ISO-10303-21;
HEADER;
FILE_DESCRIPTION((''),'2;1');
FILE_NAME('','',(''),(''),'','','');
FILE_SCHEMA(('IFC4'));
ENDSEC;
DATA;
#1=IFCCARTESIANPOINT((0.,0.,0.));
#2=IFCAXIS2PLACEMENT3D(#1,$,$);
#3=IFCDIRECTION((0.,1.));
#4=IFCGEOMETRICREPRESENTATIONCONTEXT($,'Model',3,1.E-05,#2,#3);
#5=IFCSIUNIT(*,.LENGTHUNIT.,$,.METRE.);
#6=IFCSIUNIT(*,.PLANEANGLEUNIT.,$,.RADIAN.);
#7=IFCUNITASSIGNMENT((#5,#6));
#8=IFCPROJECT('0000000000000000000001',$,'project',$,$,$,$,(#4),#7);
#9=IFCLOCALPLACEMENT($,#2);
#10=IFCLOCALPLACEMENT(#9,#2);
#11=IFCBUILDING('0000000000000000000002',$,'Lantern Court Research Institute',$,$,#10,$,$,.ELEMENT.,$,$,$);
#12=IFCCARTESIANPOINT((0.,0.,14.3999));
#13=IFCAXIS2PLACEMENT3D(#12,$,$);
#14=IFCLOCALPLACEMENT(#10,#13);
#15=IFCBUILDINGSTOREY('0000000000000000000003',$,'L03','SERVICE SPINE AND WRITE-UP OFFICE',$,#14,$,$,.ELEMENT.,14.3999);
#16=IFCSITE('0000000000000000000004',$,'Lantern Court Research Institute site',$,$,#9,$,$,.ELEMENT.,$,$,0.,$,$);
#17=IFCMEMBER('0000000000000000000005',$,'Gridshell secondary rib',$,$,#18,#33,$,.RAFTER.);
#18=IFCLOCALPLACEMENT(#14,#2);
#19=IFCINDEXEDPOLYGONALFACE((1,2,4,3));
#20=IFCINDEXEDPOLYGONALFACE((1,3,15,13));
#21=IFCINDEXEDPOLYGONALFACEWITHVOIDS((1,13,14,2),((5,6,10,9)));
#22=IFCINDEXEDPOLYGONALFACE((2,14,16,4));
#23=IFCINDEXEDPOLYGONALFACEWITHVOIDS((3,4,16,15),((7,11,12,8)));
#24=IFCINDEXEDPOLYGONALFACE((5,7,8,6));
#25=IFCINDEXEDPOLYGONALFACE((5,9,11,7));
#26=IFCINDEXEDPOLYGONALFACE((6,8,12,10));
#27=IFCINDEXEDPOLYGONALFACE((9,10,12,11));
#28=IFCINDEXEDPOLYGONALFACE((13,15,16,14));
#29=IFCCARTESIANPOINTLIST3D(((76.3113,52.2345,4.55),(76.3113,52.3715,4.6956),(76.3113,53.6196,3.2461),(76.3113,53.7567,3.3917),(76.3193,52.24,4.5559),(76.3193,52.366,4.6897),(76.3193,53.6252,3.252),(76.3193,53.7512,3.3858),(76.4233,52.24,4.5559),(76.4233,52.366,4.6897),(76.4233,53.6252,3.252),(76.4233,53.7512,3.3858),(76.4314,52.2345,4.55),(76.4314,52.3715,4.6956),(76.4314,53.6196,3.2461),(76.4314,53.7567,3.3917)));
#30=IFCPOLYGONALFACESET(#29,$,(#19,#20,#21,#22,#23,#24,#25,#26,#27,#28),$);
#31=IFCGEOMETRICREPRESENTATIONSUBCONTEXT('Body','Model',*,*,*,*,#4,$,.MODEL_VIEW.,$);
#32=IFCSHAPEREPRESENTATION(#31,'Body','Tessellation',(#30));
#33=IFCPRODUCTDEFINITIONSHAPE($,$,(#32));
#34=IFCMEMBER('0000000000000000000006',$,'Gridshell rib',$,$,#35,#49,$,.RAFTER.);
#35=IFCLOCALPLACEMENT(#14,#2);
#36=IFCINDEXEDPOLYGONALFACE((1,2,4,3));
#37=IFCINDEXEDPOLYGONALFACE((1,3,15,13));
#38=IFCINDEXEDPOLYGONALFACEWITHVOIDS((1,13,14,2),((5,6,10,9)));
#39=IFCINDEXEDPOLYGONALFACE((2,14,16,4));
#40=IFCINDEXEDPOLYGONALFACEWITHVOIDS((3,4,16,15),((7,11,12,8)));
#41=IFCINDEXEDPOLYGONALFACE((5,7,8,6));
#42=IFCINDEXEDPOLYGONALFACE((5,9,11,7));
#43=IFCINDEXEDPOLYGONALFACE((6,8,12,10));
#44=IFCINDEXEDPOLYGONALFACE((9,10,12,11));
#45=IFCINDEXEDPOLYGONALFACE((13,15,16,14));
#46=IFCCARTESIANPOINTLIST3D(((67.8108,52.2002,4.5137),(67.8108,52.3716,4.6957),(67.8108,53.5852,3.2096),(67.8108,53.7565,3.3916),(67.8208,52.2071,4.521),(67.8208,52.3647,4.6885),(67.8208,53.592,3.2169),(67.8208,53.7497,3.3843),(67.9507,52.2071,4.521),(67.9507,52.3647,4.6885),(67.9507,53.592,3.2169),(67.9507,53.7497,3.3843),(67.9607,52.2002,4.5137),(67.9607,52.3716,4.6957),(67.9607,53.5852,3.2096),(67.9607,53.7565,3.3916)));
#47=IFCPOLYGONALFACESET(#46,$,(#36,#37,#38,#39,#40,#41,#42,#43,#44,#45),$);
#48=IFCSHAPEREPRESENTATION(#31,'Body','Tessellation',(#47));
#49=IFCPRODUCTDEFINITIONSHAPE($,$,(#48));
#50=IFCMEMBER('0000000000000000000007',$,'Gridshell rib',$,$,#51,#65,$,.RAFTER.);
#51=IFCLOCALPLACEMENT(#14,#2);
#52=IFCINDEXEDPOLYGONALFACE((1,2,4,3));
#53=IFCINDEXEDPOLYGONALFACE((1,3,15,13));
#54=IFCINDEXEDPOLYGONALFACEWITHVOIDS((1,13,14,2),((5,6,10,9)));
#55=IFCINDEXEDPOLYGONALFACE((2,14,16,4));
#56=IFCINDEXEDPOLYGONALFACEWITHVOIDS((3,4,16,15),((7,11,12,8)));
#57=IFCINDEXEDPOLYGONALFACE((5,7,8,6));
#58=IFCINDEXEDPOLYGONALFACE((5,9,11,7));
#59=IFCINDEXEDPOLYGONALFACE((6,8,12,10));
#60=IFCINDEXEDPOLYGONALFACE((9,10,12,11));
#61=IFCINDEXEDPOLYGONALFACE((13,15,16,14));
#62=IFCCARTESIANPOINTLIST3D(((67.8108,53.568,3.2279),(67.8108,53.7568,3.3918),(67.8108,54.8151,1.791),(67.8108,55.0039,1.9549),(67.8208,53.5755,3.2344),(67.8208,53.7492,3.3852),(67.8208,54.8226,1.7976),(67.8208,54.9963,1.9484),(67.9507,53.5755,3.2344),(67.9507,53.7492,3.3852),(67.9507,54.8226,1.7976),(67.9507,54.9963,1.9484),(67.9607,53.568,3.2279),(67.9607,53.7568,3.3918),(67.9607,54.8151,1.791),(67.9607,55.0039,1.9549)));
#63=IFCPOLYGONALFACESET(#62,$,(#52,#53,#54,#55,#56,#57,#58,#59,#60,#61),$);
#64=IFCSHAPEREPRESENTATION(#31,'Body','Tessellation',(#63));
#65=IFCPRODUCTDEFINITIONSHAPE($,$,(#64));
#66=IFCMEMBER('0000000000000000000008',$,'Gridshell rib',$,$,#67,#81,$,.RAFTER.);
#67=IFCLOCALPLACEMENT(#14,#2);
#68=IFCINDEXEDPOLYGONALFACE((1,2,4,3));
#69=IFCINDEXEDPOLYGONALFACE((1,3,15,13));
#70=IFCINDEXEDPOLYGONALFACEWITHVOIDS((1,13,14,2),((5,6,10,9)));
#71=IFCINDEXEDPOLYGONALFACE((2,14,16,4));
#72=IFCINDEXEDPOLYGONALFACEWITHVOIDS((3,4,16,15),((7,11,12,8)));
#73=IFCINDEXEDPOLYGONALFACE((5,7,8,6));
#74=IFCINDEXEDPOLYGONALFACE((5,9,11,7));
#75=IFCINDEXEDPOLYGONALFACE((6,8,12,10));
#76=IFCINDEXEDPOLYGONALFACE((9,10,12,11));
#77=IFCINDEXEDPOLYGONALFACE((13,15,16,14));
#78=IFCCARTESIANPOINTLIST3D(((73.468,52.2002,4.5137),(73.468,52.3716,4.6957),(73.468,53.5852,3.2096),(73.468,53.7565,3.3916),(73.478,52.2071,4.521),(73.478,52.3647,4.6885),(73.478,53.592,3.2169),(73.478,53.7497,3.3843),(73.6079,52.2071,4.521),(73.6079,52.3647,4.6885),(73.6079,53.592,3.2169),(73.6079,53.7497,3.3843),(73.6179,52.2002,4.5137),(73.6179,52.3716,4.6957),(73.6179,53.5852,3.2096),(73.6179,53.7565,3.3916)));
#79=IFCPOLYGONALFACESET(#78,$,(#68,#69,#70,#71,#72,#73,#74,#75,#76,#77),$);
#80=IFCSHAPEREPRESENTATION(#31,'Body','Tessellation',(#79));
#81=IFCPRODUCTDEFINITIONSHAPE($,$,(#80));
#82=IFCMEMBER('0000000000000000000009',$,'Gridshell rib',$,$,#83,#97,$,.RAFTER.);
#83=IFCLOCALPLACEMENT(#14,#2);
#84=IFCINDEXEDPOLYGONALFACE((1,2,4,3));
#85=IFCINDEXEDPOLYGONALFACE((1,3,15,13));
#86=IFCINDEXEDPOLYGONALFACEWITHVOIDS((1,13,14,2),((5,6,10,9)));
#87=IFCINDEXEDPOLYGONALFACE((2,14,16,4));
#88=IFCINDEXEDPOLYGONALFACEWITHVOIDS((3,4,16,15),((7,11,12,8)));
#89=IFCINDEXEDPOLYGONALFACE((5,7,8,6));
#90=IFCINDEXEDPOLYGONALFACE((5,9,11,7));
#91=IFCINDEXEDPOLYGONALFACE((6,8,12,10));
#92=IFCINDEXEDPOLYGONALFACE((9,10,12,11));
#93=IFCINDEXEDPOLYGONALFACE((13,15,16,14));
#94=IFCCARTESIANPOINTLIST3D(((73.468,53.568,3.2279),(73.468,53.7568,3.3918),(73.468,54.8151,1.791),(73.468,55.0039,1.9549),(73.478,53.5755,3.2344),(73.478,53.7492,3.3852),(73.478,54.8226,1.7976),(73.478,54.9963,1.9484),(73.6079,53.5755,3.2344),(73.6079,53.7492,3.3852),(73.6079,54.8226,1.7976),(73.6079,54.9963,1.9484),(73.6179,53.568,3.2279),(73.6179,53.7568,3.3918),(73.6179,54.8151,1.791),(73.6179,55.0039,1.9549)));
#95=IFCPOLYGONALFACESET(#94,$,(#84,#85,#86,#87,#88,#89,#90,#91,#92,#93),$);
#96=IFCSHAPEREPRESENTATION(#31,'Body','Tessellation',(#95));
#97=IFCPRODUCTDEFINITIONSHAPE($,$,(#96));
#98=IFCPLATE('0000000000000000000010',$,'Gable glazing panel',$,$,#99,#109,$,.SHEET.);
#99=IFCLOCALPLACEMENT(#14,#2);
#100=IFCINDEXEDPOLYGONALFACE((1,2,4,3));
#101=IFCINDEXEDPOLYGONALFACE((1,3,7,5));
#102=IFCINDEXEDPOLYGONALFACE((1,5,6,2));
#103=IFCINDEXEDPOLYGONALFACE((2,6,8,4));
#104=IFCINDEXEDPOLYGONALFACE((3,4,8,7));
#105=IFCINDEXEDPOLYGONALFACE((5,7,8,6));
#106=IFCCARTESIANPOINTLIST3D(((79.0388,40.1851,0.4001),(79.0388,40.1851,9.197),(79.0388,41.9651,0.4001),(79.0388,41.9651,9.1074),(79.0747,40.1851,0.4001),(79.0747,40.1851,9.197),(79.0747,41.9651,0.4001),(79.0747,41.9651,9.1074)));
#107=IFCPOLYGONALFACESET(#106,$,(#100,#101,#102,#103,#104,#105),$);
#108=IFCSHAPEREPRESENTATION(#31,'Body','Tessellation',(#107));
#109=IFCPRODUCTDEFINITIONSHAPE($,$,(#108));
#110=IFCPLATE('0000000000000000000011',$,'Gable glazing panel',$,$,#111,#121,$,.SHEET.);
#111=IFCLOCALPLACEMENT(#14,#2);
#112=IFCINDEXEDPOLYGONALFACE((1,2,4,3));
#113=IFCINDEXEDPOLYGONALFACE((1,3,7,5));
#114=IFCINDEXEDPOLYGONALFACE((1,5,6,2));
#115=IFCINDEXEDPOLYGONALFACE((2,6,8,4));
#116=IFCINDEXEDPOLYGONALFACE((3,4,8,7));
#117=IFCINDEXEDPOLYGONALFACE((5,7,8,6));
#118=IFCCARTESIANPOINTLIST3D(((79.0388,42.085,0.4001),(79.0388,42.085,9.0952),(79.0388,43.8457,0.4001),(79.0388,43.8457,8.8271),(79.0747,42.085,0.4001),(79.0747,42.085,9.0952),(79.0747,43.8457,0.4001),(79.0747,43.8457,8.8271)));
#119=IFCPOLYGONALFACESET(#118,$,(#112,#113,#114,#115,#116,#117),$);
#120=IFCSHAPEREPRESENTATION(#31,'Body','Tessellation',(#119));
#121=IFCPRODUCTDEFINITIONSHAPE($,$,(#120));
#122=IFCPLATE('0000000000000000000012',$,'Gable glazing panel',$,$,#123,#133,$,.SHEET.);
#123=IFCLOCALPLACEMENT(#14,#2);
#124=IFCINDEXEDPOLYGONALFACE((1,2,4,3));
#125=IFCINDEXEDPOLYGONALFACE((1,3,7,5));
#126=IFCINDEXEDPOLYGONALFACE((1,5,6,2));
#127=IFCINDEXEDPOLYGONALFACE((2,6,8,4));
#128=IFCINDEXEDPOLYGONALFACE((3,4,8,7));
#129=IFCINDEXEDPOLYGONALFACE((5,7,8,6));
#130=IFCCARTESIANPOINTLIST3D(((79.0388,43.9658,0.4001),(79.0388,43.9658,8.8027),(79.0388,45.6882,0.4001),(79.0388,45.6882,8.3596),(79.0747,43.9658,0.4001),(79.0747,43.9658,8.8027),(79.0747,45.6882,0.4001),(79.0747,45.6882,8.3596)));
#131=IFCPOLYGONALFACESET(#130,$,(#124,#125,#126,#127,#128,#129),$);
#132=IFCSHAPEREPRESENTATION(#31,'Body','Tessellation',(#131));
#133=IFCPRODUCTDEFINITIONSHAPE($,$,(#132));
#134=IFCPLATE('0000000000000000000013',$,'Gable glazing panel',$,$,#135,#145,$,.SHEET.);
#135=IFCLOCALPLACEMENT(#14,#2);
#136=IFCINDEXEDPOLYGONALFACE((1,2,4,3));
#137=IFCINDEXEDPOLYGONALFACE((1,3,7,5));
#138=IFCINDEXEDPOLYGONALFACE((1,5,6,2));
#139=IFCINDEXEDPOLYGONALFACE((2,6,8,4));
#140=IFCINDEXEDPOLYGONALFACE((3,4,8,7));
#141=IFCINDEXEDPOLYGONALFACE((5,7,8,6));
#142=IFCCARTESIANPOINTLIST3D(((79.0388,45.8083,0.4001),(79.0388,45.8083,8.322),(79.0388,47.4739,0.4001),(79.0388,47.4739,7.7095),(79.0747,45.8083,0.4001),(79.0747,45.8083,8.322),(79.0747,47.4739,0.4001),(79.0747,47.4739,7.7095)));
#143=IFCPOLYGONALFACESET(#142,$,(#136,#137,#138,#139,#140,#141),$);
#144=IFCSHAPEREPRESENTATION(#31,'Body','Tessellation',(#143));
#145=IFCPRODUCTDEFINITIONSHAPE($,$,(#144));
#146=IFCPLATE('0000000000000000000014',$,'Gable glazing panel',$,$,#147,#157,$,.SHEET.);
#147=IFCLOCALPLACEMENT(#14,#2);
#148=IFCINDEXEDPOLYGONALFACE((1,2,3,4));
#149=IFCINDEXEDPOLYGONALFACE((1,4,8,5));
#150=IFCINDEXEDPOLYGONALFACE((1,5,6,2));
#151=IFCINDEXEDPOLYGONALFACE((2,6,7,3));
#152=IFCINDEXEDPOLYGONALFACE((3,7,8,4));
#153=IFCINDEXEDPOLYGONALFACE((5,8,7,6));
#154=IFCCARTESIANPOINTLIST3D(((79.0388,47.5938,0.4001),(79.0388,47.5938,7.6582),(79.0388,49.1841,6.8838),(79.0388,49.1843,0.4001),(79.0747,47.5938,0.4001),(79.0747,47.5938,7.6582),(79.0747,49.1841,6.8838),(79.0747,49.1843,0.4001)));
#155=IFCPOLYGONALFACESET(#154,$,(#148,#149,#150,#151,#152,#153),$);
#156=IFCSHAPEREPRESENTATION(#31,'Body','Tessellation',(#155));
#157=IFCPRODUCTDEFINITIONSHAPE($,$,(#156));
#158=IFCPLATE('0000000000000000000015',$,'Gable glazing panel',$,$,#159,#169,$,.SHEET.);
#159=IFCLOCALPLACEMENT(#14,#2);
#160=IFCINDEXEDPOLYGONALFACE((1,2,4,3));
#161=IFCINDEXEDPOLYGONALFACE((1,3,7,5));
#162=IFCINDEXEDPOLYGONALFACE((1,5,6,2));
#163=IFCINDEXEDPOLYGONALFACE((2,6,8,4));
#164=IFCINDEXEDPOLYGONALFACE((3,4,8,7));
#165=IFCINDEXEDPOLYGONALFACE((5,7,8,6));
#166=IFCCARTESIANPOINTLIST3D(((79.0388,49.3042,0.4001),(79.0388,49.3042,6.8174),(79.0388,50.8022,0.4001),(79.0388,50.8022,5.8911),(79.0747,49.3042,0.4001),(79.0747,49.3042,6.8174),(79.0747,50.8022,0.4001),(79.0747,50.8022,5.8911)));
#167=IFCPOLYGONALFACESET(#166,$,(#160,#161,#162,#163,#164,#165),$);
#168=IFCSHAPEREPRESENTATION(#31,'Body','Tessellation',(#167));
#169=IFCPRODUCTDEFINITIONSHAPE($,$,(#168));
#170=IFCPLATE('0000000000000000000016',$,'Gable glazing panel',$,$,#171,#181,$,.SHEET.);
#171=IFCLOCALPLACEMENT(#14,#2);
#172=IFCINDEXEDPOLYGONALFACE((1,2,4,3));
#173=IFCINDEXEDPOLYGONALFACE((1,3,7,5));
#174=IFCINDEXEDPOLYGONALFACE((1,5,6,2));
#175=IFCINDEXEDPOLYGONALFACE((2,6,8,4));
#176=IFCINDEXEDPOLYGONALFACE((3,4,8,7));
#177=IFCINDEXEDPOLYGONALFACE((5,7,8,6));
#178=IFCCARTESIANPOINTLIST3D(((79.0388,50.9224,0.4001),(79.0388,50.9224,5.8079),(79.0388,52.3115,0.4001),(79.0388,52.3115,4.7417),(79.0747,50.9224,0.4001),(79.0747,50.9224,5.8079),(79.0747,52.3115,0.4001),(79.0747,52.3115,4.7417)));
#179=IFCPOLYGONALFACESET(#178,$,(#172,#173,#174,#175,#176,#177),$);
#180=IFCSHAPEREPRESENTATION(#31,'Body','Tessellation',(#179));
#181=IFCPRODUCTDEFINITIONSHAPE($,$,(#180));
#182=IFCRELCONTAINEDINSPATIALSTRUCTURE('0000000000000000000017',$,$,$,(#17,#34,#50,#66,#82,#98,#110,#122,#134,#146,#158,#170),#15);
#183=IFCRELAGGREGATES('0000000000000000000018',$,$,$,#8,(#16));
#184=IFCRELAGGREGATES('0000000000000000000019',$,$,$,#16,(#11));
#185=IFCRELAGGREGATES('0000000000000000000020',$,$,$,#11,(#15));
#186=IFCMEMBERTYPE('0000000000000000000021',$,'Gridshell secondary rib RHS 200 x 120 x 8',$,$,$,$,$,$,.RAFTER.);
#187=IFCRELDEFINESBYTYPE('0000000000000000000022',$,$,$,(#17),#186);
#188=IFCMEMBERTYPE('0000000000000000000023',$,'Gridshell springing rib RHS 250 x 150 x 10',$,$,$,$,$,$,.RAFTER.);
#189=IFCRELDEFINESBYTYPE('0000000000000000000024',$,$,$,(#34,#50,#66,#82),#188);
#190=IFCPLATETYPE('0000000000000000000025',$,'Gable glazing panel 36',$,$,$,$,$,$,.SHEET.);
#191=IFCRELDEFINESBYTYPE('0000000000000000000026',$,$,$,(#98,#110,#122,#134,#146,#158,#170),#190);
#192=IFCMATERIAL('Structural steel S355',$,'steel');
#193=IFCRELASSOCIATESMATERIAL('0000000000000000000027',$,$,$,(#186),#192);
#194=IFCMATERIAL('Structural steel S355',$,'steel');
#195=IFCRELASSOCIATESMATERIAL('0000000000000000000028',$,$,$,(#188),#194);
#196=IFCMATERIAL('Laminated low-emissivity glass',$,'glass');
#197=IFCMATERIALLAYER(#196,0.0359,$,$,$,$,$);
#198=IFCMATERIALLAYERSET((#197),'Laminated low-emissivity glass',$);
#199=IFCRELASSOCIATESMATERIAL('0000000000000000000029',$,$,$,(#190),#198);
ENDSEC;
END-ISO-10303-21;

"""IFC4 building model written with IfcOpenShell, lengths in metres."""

from ifc_helpers import new_model, si_unit, direction, frame, origin, origin_2d, place, context, subcontext, project, spatial, polyline, hollow_rectangle, outline, extrude, material, layer, layer_set, material_profile, profile_set, type_object, element, save


model = new_model("IFC4")

# Units and contexts
model_context = context("Model", 3, precision=1e-05, world=origin(), true_north=direction((0.0, 1.0)))
body_context = subcontext(model_context, "Body", "Model", "MODEL_VIEW")
ifc_project = project(units=[si_unit("LENGTHUNIT", "METRE"), si_unit("PLANEANGLEUNIT", "RADIAN")], contexts=[model_context])

# Site, building, storey
site_placement = place(None, origin())
site = spatial("IfcSite", under=ifc_project, at=site_placement, Name="Lantern Court Research Institute site", CompositionType="ELEMENT", RefElevation=0.0)
building_placement = place(site_placement, origin())
building = spatial("IfcBuilding", under=site, at=building_placement, Name="Lantern Court Research Institute", CompositionType="ELEMENT")
storey_placement = place(building_placement, frame((0.0, 0.0, 14.3999)))
storey = spatial("IfcBuildingStorey", under=building, at=storey_placement, Name="L03", Description="SERVICE SPINE AND WRITE-UP OFFICE", CompositionType="ELEMENT", Elevation=14.3999)

# Members
ifc_material_1 = material(Name="Structural steel S355", Category="steel")
ifc_material_profile_1 = material_profile(ifc_material_1, hollow_rectangle(XDim=0.1201, YDim=0.2, WallThickness=0.0081, at=origin_2d()), Name="Gridshell secondary rib RHS 200 x 120 x 8")
ifc_profile_set_1 = profile_set([ifc_material_profile_1], Name="Structural steel S355")
member_type_1 = type_object("IfcMemberType", Name="Gridshell secondary rib RHS 200 x 120 x 8", PredefinedType="RAFTER", material=ifc_profile_set_1)
member_1_placement = place(storey_placement, frame((76.3713, 52.303, 4.6228), z_axis=(0.0, 0.728151, -0.685417), x_axis=(-1.0, 0.0, 0.0)))
element("IfcMember", 1, at=member_1_placement, inside=storey, type_object=member_type_1, Name="Gridshell secondary rib", PredefinedType="RAFTER", context=body_context, shape_type="SweptSolid", body=[
    extrude(hollow_rectangle(XDim=0.1201, YDim=0.2, WallThickness=0.0081, at=origin_2d()), origin(), (0.0, 0.0, 1.0), 1.9023),
])
ifc_material_2 = material(Name="Structural steel S355", Category="steel")
ifc_material_profile_2 = material_profile(ifc_material_2, hollow_rectangle(XDim=0.1499, YDim=0.25, WallThickness=0.01, at=origin_2d()), Name="Gridshell springing rib RHS 250 x 150 x 10")
ifc_profile_set_2 = profile_set([ifc_material_profile_2], Name="Structural steel S355")
member_type_2 = type_object("IfcMemberType", Name="Gridshell springing rib RHS 250 x 150 x 10", PredefinedType="RAFTER", material=ifc_profile_set_2)
member_2_placement = place(storey_placement, frame((67.8857, 52.2859, 4.6047), z_axis=(0.0, 0.728027, -0.685549), x_axis=(-1.0, 0.0, 0.0)))
element("IfcMember", 2, at=member_2_placement, inside=storey, type_object=member_type_2, Name="Gridshell rib", PredefinedType="RAFTER", context=body_context, shape_type="SweptSolid", body=[
    extrude(hollow_rectangle(XDim=0.1499, YDim=0.25, WallThickness=0.01, at=origin_2d()), origin(), (0.0, 0.0, 1.0), 1.9023),
])
member_3_placement = place(storey_placement, frame((67.8857, 53.6624, 3.3098), z_axis=(0.0, 0.655492, -0.755202), x_axis=(-1.0, 0.0, 0.0)))
element("IfcMember", 3, at=member_3_placement, inside=storey, type_object=member_type_2, Name="Gridshell rib", PredefinedType="RAFTER", context=body_context, shape_type="SweptSolid", body=[
    extrude(hollow_rectangle(XDim=0.1499, YDim=0.25, WallThickness=0.01, at=origin_2d()), origin(), (0.0, 0.0, 1.0), 1.9026),
])
member_4_placement = place(storey_placement, frame((73.543, 52.2859, 4.6047), z_axis=(0.0, 0.728027, -0.685549), x_axis=(-1.0, 0.0, 0.0)))
element("IfcMember", 4, at=member_4_placement, inside=storey, type_object=member_type_2, Name="Gridshell rib", PredefinedType="RAFTER", context=body_context, shape_type="SweptSolid", body=[
    extrude(hollow_rectangle(XDim=0.1499, YDim=0.25, WallThickness=0.01, at=origin_2d()), origin(), (0.0, 0.0, 1.0), 1.9023),
])
member_5_placement = place(storey_placement, frame((73.543, 53.6624, 3.3098), z_axis=(0.0, 0.655492, -0.755202), x_axis=(-1.0, 0.0, 0.0)))
element("IfcMember", 5, at=member_5_placement, inside=storey, type_object=member_type_2, Name="Gridshell rib", PredefinedType="RAFTER", context=body_context, shape_type="SweptSolid", body=[
    extrude(hollow_rectangle(XDim=0.1499, YDim=0.25, WallThickness=0.01, at=origin_2d()), origin(), (0.0, 0.0, 1.0), 1.9026),
])

# Plates
ifc_material_3 = material(Name="Laminated low-emissivity glass", Category="glass")
ifc_layer_1 = layer(ifc_material_3, 0.0359)
ifc_layer_set_1 = layer_set([ifc_layer_1], Name="Laminated low-emissivity glass")
plate_type_1 = type_object("IfcPlateType", Name="Gable glazing panel 36", PredefinedType="SHEET", material=ifc_layer_set_1)
plate_1_placement = place(storey_placement, frame((79.0569, 40.1851, 0.4001), z_axis=(0.0, 0.0, 1.0), x_axis=(0.0, 1.0, 0.0)))
element("IfcPlate", 6, at=plate_1_placement, inside=storey, type_object=plate_type_1, Name="Gable glazing panel", PredefinedType="SHEET", context=body_context, shape_type="SweptSolid", body=[
    extrude(outline(polyline([(0.0, 0.0), (1.78, 0.0), (1.78, 8.7073), (0.0, 8.7969), (0.0, 0.0)])), frame((0.0, 0.0181, 0.0), z_axis=(0.0, -1.0, 0.0), x_axis=(1.0, 0.0, 0.0)), (0.0, 0.0, 1.0), 0.0359),
])
plate_2_placement = place(storey_placement, frame((79.0569, 42.085, 0.4001), z_axis=(0.0, 0.0, 1.0), x_axis=(0.0, 1.0, 0.0)))
element("IfcPlate", 7, at=plate_2_placement, inside=storey, type_object=plate_type_1, Name="Gable glazing panel", PredefinedType="SHEET", context=body_context, shape_type="SweptSolid", body=[
    extrude(outline(polyline([(0.0, 0.0), (1.7607, 0.0), (1.7607, 8.427), (0.0, 8.6951), (0.0, 0.0)])), frame((0.0, 0.0181, 0.0), z_axis=(0.0, -1.0, 0.0), x_axis=(1.0, 0.0, 0.0)), (0.0, 0.0, 1.0), 0.0359),
])
plate_3_placement = place(storey_placement, frame((79.0569, 43.9658, 0.4001), z_axis=(0.0, 0.0, 1.0), x_axis=(0.0, 1.0, 0.0)))
element("IfcPlate", 8, at=plate_3_placement, inside=storey, type_object=plate_type_1, Name="Gable glazing panel", PredefinedType="SHEET", context=body_context, shape_type="SweptSolid", body=[
    extrude(outline(polyline([(0.0, 0.0), (1.7224, 0.0), (1.7224, 7.9595), (0.0, 8.4026), (0.0, 0.0)])), frame((0.0, 0.0181, 0.0), z_axis=(0.0, -1.0, 0.0), x_axis=(1.0, 0.0, 0.0)), (0.0, 0.0, 1.0), 0.0359),
])
plate_4_placement = place(storey_placement, frame((79.0569, 45.8083, 0.4001), z_axis=(0.0, 0.0, 1.0), x_axis=(0.0, 1.0, 0.0)))
element("IfcPlate", 9, at=plate_4_placement, inside=storey, type_object=plate_type_1, Name="Gable glazing panel", PredefinedType="SHEET", context=body_context, shape_type="SweptSolid", body=[
    extrude(outline(polyline([(0.0, 0.0), (1.6655, 0.0), (1.6655, 7.3093), (0.0, 7.9219), (0.0, 0.0)])), frame((0.0, 0.0181, 0.0), z_axis=(0.0, -1.0, 0.0), x_axis=(1.0, 0.0, 0.0)), (0.0, 0.0, 1.0), 0.0359),
])
plate_5_placement = place(storey_placement, frame((79.0569, 47.5938, 0.4001), z_axis=(0.0, 0.0, 1.0), x_axis=(0.0, 1.0, 0.0)))
element("IfcPlate", 10, at=plate_5_placement, inside=storey, type_object=plate_type_1, Name="Gable glazing panel", PredefinedType="SHEET", context=body_context, shape_type="SweptSolid", body=[
    extrude(outline(polyline([(0.0, 0.0), (1.5906, 0.0), (1.5903, 6.4836), (0.0, 7.2581), (0.0, 0.0)])), frame((0.0, 0.0181, 0.0), z_axis=(0.0, -1.0, 0.0), x_axis=(1.0, 0.0, 0.0)), (0.0, 0.0, 1.0), 0.0359),
])
plate_6_placement = place(storey_placement, frame((79.0569, 49.3042, 0.4001), z_axis=(0.0, 0.0, 1.0), x_axis=(0.0, 1.0, 0.0)))
element("IfcPlate", 11, at=plate_6_placement, inside=storey, type_object=plate_type_1, Name="Gable glazing panel", PredefinedType="SHEET", context=body_context, shape_type="SweptSolid", body=[
    extrude(outline(polyline([(0.0, 0.0), (1.498, 0.0), (1.498, 5.491), (0.0, 6.4172), (0.0, 0.0)])), frame((0.0, 0.0181, 0.0), z_axis=(0.0, -1.0, 0.0), x_axis=(1.0, 0.0, 0.0)), (0.0, 0.0, 1.0), 0.0359),
])
plate_7_placement = place(storey_placement, frame((79.0569, 50.9224, 0.4001), z_axis=(0.0, 0.0, 1.0), x_axis=(0.0, 1.0, 0.0)))
element("IfcPlate", 12, at=plate_7_placement, inside=storey, type_object=plate_type_1, Name="Gable glazing panel", PredefinedType="SHEET", context=body_context, shape_type="SweptSolid", body=[
    extrude(outline(polyline([(0.0, 0.0), (1.3892, 0.0), (1.3892, 4.3416), (0.0, 5.4077), (0.0, 0.0)])), frame((0.0, 0.0181, 0.0), z_axis=(0.0, -1.0, 0.0), x_axis=(1.0, 0.0, 0.0)), (0.0, 0.0, 1.0), 0.0359),
])

save(model, "model.ifc")
